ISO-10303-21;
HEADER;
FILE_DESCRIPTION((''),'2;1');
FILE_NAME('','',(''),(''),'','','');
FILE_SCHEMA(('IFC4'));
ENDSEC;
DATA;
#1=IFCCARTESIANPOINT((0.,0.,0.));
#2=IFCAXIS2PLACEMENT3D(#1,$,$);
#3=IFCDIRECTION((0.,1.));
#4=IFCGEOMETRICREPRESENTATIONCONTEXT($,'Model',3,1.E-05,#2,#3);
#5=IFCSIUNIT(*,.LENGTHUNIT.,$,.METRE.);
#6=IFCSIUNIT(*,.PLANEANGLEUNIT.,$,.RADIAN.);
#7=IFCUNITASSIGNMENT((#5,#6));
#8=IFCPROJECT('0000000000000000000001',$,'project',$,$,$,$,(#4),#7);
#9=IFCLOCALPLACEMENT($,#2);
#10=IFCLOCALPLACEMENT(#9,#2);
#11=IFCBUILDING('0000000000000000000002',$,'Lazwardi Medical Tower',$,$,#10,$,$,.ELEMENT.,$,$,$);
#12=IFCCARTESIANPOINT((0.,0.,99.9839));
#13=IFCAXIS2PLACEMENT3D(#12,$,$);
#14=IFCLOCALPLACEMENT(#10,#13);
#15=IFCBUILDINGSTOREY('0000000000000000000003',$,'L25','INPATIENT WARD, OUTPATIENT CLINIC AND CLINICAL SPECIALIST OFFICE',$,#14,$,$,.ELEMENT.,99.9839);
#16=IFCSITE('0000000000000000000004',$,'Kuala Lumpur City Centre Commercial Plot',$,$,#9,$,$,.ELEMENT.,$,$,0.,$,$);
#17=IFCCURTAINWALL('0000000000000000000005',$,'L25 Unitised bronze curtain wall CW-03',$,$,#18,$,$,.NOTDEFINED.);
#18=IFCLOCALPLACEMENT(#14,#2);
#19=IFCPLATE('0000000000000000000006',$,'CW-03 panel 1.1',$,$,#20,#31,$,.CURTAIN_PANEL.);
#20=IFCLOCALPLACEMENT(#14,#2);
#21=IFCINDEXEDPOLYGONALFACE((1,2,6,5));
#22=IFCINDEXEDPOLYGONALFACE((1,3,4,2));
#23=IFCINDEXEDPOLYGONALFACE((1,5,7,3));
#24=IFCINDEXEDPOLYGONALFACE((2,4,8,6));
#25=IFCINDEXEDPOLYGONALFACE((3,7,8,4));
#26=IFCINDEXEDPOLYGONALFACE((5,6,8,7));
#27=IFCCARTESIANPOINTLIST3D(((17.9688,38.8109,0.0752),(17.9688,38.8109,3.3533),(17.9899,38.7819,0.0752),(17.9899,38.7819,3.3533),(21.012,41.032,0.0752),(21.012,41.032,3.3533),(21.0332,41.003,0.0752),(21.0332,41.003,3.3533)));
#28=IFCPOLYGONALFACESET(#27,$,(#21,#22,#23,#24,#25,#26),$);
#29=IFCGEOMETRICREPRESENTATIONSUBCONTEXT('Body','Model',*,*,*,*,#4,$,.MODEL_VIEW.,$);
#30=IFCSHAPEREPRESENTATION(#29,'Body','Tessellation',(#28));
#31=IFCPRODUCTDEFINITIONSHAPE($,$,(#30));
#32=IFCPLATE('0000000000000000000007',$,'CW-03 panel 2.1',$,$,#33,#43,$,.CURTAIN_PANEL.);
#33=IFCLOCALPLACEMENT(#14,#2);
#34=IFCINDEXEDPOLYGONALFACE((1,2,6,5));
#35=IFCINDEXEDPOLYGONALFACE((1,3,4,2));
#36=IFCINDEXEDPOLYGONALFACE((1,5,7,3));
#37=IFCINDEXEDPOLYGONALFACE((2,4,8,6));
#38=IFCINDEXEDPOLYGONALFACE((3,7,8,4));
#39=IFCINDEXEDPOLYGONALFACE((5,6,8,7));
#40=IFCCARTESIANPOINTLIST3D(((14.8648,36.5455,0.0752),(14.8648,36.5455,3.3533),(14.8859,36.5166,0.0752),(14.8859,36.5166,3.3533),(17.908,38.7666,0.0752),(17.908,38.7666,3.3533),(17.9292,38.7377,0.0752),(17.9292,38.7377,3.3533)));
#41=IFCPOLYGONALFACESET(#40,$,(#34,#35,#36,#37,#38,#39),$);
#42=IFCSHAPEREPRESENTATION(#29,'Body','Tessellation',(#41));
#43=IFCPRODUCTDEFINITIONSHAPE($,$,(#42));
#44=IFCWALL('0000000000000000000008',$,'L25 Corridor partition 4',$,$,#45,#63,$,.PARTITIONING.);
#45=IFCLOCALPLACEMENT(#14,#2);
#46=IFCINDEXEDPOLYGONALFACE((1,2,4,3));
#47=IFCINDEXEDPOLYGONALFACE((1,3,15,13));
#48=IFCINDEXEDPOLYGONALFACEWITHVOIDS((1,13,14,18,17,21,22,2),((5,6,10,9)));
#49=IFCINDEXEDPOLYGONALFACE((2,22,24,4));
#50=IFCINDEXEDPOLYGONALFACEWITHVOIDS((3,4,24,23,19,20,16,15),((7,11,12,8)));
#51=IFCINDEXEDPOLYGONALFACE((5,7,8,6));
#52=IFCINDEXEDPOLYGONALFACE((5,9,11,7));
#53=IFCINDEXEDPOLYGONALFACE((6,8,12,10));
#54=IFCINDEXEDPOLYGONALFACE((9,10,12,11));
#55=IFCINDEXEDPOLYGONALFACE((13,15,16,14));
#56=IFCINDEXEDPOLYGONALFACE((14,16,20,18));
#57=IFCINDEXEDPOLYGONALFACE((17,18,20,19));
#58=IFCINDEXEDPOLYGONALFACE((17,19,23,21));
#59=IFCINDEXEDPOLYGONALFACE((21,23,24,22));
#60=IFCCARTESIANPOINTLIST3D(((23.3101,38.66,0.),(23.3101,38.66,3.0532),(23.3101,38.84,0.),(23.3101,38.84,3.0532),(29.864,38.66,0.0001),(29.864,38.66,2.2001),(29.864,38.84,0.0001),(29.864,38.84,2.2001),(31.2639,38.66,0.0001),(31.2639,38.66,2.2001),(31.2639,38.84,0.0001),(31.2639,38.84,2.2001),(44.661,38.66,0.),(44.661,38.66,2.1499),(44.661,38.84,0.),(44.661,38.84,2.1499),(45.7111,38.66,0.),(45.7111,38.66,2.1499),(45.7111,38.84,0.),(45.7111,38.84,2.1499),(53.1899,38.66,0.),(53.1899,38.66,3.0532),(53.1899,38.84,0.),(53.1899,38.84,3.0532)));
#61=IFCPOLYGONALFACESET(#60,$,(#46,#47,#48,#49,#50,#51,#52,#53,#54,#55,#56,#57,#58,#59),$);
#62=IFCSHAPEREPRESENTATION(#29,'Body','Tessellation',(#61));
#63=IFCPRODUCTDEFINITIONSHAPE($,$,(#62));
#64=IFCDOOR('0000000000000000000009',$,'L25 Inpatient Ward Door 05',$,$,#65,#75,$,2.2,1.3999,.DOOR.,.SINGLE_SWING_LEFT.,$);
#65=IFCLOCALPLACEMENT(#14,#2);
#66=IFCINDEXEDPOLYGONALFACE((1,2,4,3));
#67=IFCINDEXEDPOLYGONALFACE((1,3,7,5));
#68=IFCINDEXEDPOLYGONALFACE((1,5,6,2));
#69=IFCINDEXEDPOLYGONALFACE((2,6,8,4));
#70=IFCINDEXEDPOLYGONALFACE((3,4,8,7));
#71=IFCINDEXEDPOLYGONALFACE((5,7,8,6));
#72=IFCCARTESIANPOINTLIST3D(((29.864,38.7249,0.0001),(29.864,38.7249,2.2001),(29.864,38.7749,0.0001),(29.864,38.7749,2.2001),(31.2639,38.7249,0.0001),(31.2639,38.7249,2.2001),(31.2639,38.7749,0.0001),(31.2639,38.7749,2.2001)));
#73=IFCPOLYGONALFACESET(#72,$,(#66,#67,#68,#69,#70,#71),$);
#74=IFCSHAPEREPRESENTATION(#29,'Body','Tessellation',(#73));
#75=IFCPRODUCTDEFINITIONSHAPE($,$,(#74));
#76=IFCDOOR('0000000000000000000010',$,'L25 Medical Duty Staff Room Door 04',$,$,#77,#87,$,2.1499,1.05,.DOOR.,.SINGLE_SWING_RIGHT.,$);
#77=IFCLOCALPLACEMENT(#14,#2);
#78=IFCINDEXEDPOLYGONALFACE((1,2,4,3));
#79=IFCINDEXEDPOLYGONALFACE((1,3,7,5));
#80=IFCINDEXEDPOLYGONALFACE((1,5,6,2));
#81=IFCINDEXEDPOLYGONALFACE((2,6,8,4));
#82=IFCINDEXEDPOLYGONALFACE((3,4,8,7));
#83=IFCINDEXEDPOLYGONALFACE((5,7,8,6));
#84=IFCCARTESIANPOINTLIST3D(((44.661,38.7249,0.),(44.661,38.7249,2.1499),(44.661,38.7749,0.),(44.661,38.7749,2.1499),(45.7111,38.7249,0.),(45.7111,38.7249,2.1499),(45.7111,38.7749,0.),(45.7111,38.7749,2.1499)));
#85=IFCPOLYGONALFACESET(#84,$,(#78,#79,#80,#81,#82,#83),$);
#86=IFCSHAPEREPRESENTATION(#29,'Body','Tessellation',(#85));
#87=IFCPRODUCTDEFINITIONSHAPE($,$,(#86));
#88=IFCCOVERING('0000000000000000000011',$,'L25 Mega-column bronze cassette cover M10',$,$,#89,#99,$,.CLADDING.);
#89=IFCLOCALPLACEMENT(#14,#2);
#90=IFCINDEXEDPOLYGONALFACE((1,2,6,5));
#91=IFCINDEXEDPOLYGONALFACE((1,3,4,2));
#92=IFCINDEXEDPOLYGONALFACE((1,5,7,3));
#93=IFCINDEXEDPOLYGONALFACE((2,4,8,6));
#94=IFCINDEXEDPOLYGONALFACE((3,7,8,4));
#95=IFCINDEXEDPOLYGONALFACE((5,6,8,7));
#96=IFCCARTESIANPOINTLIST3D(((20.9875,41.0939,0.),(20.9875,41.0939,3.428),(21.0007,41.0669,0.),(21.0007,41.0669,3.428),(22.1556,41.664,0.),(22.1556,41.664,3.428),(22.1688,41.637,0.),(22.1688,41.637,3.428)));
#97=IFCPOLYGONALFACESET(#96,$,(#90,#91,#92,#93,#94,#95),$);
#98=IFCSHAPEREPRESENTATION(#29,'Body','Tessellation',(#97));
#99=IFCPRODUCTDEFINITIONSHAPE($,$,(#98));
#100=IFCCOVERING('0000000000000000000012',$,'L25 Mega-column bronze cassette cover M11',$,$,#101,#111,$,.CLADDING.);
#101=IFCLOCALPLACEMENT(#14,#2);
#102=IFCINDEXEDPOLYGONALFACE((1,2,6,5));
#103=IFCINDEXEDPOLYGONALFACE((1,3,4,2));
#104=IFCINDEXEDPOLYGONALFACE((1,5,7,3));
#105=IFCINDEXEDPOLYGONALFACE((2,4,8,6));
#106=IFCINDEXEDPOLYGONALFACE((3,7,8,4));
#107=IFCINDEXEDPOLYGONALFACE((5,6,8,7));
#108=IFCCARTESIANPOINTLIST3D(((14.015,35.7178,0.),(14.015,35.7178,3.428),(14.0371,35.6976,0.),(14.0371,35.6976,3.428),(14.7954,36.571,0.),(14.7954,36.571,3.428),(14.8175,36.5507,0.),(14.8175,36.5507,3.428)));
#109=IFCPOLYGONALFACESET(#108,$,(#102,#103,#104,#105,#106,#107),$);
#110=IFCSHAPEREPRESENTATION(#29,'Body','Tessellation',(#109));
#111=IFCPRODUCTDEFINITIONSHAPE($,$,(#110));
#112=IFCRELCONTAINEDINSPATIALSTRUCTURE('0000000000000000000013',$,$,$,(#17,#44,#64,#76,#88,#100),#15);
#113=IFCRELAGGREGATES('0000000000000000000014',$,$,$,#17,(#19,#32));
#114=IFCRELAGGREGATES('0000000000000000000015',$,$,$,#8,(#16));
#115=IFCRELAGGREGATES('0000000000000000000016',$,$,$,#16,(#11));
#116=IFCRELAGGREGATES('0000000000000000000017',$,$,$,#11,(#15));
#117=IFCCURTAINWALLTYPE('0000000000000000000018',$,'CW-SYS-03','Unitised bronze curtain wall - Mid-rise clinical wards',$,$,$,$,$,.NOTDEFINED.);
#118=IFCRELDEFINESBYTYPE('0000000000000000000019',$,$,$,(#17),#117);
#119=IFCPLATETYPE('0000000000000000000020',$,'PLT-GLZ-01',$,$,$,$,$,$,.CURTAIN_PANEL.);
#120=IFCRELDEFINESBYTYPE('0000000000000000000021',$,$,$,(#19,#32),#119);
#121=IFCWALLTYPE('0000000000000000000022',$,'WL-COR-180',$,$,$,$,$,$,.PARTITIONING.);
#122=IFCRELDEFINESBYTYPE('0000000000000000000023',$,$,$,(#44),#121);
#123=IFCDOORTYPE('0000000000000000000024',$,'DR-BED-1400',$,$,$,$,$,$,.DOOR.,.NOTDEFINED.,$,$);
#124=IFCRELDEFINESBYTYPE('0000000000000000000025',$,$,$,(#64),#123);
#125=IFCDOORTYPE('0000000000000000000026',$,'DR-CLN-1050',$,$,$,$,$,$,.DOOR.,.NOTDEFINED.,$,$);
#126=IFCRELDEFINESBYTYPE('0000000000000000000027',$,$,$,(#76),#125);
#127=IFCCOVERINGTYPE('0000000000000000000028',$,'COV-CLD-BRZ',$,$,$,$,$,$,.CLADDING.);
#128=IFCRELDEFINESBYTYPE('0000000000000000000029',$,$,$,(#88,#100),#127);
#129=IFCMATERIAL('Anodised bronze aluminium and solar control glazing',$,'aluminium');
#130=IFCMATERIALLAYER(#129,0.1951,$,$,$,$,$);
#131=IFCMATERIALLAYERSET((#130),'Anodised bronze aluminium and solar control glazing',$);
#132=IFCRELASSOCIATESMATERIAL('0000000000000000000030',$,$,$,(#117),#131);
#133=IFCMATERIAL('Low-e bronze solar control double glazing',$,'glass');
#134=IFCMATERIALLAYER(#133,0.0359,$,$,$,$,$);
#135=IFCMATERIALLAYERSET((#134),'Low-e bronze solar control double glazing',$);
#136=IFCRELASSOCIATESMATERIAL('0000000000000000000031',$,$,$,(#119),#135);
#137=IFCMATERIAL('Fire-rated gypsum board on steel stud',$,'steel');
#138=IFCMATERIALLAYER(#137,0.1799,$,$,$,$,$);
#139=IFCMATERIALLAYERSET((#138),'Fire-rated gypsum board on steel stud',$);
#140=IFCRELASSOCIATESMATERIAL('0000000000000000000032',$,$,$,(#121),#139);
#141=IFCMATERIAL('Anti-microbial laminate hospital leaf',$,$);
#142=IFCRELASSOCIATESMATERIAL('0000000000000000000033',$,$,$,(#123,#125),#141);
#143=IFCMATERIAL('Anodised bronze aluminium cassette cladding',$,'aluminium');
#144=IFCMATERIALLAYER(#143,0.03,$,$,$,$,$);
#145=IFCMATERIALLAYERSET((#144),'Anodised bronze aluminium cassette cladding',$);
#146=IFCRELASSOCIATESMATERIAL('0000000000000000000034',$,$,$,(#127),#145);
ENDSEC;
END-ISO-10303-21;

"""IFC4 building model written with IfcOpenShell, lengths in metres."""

from ifc_helpers import new_model, si_unit, direction, frame, frame_2d, origin, origin_2d, place, context, subcontext, project, spatial, rectangle, extrude, material, layer, layer_set, type_object, element, fill, aggregate, save


model = new_model("IFC4")

# Units and contexts
model_context = context("Model", 3, precision=1e-05, world=origin(), true_north=direction((0.0, 1.0)))
body_context = subcontext(model_context, "Body", "Model", "MODEL_VIEW")
ifc_project = project(units=[si_unit("LENGTHUNIT", "METRE"), si_unit("PLANEANGLEUNIT", "RADIAN")], contexts=[model_context])

# Site, building, storey
site_placement = place(None, origin())
site = spatial("IfcSite", under=ifc_project, at=site_placement, Name="Kuala Lumpur City Centre Commercial Plot", CompositionType="ELEMENT", RefElevation=0.0)
building_placement = place(site_placement, origin())
building = spatial("IfcBuilding", under=site, at=building_placement, Name="Lazwardi Medical Tower", CompositionType="ELEMENT")
storey_placement = place(building_placement, frame((0.0, 0.0, 99.9839)))
storey = spatial("IfcBuildingStorey", under=building, at=storey_placement, Name="L25", Description="INPATIENT WARD, OUTPATIENT CLINIC AND CLINICAL SPECIALIST OFFICE", CompositionType="ELEMENT", Elevation=99.9839)

# Shared definitions
ifc_material_1 = material(Name="Anodised bronze aluminium and solar control glazing", Category="aluminium")
ifc_layer_1 = layer(ifc_material_1, 0.1951)
ifc_layer_set_1 = layer_set([ifc_layer_1], Name="Anodised bronze aluminium and solar control glazing")
curtain_wall_type = type_object("IfcCurtainWallType", Name="CW-SYS-03", Description="Unitised bronze curtain wall - Mid-rise clinical wards", PredefinedType="NOTDEFINED", material=ifc_layer_set_1)

# Curtain wall
curtain_wall_1_placement = place(storey_placement, origin())
curtain_wall_1 = element("IfcCurtainWall", 1, at=curtain_wall_1_placement, inside=storey, type_object=curtain_wall_type, Name="L25 Unitised bronze curtain wall CW-03", PredefinedType="NOTDEFINED")

# Plates
ifc_material_2 = material(Name="Low-e bronze solar control double glazing", Category="glass")
ifc_layer_2 = layer(ifc_material_2, 0.0359)
ifc_layer_set_2 = layer_set([ifc_layer_2], Name="Low-e bronze solar control double glazing")
plate_type = type_object("IfcPlateType", Name="PLT-GLZ-01", PredefinedType="CURTAIN_PANEL", material=ifc_layer_set_2)
plate_1_placement = place(storey_placement, frame((19.501, 39.907, 0.0752), z_axis=(0.0, 0.0, 1.0), x_axis=(-0.807746, -0.589531, 0.0)))
plate_1 = element("IfcPlate", 2, at=plate_1_placement, type_object=plate_type, Name="CW-03 panel 1.1", PredefinedType="CURTAIN_PANEL", context=body_context, shape_type="SweptSolid", body=[
    extrude(rectangle(XDim=3.7676, YDim=0.0359, at=origin_2d()), origin(), (0.0, 0.0, 1.0), 3.2781),
])
plate_2_placement = place(storey_placement, frame((16.397, 37.6416, 0.0752), z_axis=(0.0, 0.0, 1.0), x_axis=(-0.807746, -0.589531, 0.0)))
plate_2 = element("IfcPlate", 3, at=plate_2_placement, type_object=plate_type, Name="CW-03 panel 2.1", PredefinedType="CURTAIN_PANEL", context=body_context, shape_type="SweptSolid", body=[
    extrude(rectangle(XDim=3.7676, YDim=0.0359, at=origin_2d()), origin(), (0.0, 0.0, 1.0), 3.2781),
])
aggregate(curtain_wall_1, [plate_1, plate_2])

# Wall, openings, doors
ifc_material_3 = material(Name="Fire-rated gypsum board on steel stud", Category="steel")
ifc_layer_3 = layer(ifc_material_3, 0.1799)
ifc_layer_set_3 = layer_set([ifc_layer_3], Name="Fire-rated gypsum board on steel stud")
wall_type = type_object("IfcWallType", Name="WL-COR-180", PredefinedType="PARTITIONING", material=ifc_layer_set_3)
wall_placement = place(storey_placement, frame((23.3101, 38.75, 0.0), z_axis=(0.0, 0.0, 1.0), x_axis=(1.0, 0.0, 0.0)))
wall = element("IfcWall", 4, at=wall_placement, inside=storey, type_object=wall_type, Name="L25 Corridor partition 4", PredefinedType="PARTITIONING", context=body_context, shape_type="SweptSolid", body=[
    extrude(rectangle(XDim=29.8799, YDim=0.1799, at=frame_2d((14.9399, 0.0))), origin(), (0.0, 0.0, 1.0), 3.0532),
])
opening_1_placement = place(wall_placement, frame((21.3511, 0.0, 0.0)))
opening_1 = element("IfcOpeningElement", 5, at=opening_1_placement, cuts=wall, PredefinedType="OPENING", context=body_context, shape_type="SweptSolid", body=[
    extrude(rectangle(XDim=1.05, YDim=2.1499, at=frame_2d((0.5249, 1.075))), frame((0.0, 0.0999, 0.0), z_axis=(0.0, -1.0, 0.0), x_axis=(1.0, 0.0, 0.0)), (0.0, 0.0, 1.0), 0.2),
])
opening_2_placement = place(wall_placement, frame((6.554, 0.0, 0.0)))
opening_2 = element("IfcOpeningElement", 6, at=opening_2_placement, cuts=wall, PredefinedType="OPENING", context=body_context, shape_type="SweptSolid", body=[
    extrude(rectangle(XDim=1.3999, YDim=2.2, at=frame_2d((0.7, 1.1001))), frame((0.0, 0.0999, 0.0), z_axis=(0.0, -1.0, 0.0), x_axis=(1.0, 0.0, 0.0)), (0.0, 0.0, 1.0), 0.2),
])
ifc_material_4 = material(Name="Anti-microbial laminate hospital leaf")
door_type_1 = type_object("IfcDoorType", Name="DR-BED-1400", OperationType="NOTDEFINED", PredefinedType="DOOR", material=ifc_material_4)
door_1_placement = place(opening_2_placement, origin())
door_1 = element("IfcDoor", 7, at=door_1_placement, inside=storey, type_object=door_type_1, Name="L25 Inpatient Ward Door 05", OperationType="SINGLE_SWING_LEFT", OverallHeight=2.2, OverallWidth=1.3999, PredefinedType="DOOR", context=body_context, shape_type="SweptSolid", body=[
    extrude(rectangle(XDim=1.3999, YDim=2.2, at=frame_2d((0.7, 1.1001))), frame((0.0, 0.0249, 0.0), z_axis=(0.0, -1.0, 0.0), x_axis=(1.0, 0.0, 0.0)), (0.0, 0.0, 1.0), 0.05),
])
fill(opening_2, door_1)
door_type_2 = type_object("IfcDoorType", Name="DR-CLN-1050", OperationType="NOTDEFINED", PredefinedType="DOOR", material=ifc_material_4)
door_2_placement = place(opening_1_placement, origin())
door_2 = element("IfcDoor", 8, at=door_2_placement, inside=storey, type_object=door_type_2, Name="L25 Medical Duty Staff Room Door 04", OperationType="SINGLE_SWING_RIGHT", OverallHeight=2.1499, OverallWidth=1.05, PredefinedType="DOOR", context=body_context, shape_type="SweptSolid", body=[
    extrude(rectangle(XDim=1.05, YDim=2.1499, at=frame_2d((0.5249, 1.075))), frame((0.0, 0.0249, 0.0), z_axis=(0.0, -1.0, 0.0), x_axis=(1.0, 0.0, 0.0)), (0.0, 0.0, 1.0), 0.05),
])
fill(opening_1, door_2)

# Coverings
ifc_material_5 = material(Name="Anodised bronze aluminium cassette cladding", Category="aluminium")
ifc_layer_4 = layer(ifc_material_5, 0.03)
ifc_layer_set_4 = layer_set([ifc_layer_4], Name="Anodised bronze aluminium cassette cladding")
covering_type = type_object("IfcCoveringType", Name="COV-CLD-BRZ", PredefinedType="CLADDING", material=ifc_layer_set_4)
covering_1_placement = place(storey_placement, frame((21.5781, 41.3655, 0.0), z_axis=(0.0, 0.0, 1.0), x_axis=(-0.898679, -0.438606, 0.0)))
element("IfcCovering", 9, at=covering_1_placement, inside=storey, type_object=covering_type, Name="L25 Mega-column bronze cassette cover M10", PredefinedType="CLADDING", context=body_context, shape_type="SweptSolid", body=[
    extrude(rectangle(XDim=1.2998, YDim=0.03, at=origin_2d()), origin(), (0.0, 0.0, 1.0), 3.428),
])
covering_2_placement = place(storey_placement, frame((14.4163, 36.1343, 0.0), z_axis=(0.0, 0.0, 1.0), x_axis=(-0.674926, -0.737885, 0.0)))
element("IfcCovering", 10, at=covering_2_placement, inside=storey, type_object=covering_type, Name="L25 Mega-column bronze cassette cover M11", PredefinedType="CLADDING", context=body_context, shape_type="SweptSolid", body=[
    extrude(rectangle(XDim=1.1562, YDim=0.03, at=origin_2d()), origin(), (0.0, 0.0, 1.0), 3.428),
])

save(model, "model.ifc")
